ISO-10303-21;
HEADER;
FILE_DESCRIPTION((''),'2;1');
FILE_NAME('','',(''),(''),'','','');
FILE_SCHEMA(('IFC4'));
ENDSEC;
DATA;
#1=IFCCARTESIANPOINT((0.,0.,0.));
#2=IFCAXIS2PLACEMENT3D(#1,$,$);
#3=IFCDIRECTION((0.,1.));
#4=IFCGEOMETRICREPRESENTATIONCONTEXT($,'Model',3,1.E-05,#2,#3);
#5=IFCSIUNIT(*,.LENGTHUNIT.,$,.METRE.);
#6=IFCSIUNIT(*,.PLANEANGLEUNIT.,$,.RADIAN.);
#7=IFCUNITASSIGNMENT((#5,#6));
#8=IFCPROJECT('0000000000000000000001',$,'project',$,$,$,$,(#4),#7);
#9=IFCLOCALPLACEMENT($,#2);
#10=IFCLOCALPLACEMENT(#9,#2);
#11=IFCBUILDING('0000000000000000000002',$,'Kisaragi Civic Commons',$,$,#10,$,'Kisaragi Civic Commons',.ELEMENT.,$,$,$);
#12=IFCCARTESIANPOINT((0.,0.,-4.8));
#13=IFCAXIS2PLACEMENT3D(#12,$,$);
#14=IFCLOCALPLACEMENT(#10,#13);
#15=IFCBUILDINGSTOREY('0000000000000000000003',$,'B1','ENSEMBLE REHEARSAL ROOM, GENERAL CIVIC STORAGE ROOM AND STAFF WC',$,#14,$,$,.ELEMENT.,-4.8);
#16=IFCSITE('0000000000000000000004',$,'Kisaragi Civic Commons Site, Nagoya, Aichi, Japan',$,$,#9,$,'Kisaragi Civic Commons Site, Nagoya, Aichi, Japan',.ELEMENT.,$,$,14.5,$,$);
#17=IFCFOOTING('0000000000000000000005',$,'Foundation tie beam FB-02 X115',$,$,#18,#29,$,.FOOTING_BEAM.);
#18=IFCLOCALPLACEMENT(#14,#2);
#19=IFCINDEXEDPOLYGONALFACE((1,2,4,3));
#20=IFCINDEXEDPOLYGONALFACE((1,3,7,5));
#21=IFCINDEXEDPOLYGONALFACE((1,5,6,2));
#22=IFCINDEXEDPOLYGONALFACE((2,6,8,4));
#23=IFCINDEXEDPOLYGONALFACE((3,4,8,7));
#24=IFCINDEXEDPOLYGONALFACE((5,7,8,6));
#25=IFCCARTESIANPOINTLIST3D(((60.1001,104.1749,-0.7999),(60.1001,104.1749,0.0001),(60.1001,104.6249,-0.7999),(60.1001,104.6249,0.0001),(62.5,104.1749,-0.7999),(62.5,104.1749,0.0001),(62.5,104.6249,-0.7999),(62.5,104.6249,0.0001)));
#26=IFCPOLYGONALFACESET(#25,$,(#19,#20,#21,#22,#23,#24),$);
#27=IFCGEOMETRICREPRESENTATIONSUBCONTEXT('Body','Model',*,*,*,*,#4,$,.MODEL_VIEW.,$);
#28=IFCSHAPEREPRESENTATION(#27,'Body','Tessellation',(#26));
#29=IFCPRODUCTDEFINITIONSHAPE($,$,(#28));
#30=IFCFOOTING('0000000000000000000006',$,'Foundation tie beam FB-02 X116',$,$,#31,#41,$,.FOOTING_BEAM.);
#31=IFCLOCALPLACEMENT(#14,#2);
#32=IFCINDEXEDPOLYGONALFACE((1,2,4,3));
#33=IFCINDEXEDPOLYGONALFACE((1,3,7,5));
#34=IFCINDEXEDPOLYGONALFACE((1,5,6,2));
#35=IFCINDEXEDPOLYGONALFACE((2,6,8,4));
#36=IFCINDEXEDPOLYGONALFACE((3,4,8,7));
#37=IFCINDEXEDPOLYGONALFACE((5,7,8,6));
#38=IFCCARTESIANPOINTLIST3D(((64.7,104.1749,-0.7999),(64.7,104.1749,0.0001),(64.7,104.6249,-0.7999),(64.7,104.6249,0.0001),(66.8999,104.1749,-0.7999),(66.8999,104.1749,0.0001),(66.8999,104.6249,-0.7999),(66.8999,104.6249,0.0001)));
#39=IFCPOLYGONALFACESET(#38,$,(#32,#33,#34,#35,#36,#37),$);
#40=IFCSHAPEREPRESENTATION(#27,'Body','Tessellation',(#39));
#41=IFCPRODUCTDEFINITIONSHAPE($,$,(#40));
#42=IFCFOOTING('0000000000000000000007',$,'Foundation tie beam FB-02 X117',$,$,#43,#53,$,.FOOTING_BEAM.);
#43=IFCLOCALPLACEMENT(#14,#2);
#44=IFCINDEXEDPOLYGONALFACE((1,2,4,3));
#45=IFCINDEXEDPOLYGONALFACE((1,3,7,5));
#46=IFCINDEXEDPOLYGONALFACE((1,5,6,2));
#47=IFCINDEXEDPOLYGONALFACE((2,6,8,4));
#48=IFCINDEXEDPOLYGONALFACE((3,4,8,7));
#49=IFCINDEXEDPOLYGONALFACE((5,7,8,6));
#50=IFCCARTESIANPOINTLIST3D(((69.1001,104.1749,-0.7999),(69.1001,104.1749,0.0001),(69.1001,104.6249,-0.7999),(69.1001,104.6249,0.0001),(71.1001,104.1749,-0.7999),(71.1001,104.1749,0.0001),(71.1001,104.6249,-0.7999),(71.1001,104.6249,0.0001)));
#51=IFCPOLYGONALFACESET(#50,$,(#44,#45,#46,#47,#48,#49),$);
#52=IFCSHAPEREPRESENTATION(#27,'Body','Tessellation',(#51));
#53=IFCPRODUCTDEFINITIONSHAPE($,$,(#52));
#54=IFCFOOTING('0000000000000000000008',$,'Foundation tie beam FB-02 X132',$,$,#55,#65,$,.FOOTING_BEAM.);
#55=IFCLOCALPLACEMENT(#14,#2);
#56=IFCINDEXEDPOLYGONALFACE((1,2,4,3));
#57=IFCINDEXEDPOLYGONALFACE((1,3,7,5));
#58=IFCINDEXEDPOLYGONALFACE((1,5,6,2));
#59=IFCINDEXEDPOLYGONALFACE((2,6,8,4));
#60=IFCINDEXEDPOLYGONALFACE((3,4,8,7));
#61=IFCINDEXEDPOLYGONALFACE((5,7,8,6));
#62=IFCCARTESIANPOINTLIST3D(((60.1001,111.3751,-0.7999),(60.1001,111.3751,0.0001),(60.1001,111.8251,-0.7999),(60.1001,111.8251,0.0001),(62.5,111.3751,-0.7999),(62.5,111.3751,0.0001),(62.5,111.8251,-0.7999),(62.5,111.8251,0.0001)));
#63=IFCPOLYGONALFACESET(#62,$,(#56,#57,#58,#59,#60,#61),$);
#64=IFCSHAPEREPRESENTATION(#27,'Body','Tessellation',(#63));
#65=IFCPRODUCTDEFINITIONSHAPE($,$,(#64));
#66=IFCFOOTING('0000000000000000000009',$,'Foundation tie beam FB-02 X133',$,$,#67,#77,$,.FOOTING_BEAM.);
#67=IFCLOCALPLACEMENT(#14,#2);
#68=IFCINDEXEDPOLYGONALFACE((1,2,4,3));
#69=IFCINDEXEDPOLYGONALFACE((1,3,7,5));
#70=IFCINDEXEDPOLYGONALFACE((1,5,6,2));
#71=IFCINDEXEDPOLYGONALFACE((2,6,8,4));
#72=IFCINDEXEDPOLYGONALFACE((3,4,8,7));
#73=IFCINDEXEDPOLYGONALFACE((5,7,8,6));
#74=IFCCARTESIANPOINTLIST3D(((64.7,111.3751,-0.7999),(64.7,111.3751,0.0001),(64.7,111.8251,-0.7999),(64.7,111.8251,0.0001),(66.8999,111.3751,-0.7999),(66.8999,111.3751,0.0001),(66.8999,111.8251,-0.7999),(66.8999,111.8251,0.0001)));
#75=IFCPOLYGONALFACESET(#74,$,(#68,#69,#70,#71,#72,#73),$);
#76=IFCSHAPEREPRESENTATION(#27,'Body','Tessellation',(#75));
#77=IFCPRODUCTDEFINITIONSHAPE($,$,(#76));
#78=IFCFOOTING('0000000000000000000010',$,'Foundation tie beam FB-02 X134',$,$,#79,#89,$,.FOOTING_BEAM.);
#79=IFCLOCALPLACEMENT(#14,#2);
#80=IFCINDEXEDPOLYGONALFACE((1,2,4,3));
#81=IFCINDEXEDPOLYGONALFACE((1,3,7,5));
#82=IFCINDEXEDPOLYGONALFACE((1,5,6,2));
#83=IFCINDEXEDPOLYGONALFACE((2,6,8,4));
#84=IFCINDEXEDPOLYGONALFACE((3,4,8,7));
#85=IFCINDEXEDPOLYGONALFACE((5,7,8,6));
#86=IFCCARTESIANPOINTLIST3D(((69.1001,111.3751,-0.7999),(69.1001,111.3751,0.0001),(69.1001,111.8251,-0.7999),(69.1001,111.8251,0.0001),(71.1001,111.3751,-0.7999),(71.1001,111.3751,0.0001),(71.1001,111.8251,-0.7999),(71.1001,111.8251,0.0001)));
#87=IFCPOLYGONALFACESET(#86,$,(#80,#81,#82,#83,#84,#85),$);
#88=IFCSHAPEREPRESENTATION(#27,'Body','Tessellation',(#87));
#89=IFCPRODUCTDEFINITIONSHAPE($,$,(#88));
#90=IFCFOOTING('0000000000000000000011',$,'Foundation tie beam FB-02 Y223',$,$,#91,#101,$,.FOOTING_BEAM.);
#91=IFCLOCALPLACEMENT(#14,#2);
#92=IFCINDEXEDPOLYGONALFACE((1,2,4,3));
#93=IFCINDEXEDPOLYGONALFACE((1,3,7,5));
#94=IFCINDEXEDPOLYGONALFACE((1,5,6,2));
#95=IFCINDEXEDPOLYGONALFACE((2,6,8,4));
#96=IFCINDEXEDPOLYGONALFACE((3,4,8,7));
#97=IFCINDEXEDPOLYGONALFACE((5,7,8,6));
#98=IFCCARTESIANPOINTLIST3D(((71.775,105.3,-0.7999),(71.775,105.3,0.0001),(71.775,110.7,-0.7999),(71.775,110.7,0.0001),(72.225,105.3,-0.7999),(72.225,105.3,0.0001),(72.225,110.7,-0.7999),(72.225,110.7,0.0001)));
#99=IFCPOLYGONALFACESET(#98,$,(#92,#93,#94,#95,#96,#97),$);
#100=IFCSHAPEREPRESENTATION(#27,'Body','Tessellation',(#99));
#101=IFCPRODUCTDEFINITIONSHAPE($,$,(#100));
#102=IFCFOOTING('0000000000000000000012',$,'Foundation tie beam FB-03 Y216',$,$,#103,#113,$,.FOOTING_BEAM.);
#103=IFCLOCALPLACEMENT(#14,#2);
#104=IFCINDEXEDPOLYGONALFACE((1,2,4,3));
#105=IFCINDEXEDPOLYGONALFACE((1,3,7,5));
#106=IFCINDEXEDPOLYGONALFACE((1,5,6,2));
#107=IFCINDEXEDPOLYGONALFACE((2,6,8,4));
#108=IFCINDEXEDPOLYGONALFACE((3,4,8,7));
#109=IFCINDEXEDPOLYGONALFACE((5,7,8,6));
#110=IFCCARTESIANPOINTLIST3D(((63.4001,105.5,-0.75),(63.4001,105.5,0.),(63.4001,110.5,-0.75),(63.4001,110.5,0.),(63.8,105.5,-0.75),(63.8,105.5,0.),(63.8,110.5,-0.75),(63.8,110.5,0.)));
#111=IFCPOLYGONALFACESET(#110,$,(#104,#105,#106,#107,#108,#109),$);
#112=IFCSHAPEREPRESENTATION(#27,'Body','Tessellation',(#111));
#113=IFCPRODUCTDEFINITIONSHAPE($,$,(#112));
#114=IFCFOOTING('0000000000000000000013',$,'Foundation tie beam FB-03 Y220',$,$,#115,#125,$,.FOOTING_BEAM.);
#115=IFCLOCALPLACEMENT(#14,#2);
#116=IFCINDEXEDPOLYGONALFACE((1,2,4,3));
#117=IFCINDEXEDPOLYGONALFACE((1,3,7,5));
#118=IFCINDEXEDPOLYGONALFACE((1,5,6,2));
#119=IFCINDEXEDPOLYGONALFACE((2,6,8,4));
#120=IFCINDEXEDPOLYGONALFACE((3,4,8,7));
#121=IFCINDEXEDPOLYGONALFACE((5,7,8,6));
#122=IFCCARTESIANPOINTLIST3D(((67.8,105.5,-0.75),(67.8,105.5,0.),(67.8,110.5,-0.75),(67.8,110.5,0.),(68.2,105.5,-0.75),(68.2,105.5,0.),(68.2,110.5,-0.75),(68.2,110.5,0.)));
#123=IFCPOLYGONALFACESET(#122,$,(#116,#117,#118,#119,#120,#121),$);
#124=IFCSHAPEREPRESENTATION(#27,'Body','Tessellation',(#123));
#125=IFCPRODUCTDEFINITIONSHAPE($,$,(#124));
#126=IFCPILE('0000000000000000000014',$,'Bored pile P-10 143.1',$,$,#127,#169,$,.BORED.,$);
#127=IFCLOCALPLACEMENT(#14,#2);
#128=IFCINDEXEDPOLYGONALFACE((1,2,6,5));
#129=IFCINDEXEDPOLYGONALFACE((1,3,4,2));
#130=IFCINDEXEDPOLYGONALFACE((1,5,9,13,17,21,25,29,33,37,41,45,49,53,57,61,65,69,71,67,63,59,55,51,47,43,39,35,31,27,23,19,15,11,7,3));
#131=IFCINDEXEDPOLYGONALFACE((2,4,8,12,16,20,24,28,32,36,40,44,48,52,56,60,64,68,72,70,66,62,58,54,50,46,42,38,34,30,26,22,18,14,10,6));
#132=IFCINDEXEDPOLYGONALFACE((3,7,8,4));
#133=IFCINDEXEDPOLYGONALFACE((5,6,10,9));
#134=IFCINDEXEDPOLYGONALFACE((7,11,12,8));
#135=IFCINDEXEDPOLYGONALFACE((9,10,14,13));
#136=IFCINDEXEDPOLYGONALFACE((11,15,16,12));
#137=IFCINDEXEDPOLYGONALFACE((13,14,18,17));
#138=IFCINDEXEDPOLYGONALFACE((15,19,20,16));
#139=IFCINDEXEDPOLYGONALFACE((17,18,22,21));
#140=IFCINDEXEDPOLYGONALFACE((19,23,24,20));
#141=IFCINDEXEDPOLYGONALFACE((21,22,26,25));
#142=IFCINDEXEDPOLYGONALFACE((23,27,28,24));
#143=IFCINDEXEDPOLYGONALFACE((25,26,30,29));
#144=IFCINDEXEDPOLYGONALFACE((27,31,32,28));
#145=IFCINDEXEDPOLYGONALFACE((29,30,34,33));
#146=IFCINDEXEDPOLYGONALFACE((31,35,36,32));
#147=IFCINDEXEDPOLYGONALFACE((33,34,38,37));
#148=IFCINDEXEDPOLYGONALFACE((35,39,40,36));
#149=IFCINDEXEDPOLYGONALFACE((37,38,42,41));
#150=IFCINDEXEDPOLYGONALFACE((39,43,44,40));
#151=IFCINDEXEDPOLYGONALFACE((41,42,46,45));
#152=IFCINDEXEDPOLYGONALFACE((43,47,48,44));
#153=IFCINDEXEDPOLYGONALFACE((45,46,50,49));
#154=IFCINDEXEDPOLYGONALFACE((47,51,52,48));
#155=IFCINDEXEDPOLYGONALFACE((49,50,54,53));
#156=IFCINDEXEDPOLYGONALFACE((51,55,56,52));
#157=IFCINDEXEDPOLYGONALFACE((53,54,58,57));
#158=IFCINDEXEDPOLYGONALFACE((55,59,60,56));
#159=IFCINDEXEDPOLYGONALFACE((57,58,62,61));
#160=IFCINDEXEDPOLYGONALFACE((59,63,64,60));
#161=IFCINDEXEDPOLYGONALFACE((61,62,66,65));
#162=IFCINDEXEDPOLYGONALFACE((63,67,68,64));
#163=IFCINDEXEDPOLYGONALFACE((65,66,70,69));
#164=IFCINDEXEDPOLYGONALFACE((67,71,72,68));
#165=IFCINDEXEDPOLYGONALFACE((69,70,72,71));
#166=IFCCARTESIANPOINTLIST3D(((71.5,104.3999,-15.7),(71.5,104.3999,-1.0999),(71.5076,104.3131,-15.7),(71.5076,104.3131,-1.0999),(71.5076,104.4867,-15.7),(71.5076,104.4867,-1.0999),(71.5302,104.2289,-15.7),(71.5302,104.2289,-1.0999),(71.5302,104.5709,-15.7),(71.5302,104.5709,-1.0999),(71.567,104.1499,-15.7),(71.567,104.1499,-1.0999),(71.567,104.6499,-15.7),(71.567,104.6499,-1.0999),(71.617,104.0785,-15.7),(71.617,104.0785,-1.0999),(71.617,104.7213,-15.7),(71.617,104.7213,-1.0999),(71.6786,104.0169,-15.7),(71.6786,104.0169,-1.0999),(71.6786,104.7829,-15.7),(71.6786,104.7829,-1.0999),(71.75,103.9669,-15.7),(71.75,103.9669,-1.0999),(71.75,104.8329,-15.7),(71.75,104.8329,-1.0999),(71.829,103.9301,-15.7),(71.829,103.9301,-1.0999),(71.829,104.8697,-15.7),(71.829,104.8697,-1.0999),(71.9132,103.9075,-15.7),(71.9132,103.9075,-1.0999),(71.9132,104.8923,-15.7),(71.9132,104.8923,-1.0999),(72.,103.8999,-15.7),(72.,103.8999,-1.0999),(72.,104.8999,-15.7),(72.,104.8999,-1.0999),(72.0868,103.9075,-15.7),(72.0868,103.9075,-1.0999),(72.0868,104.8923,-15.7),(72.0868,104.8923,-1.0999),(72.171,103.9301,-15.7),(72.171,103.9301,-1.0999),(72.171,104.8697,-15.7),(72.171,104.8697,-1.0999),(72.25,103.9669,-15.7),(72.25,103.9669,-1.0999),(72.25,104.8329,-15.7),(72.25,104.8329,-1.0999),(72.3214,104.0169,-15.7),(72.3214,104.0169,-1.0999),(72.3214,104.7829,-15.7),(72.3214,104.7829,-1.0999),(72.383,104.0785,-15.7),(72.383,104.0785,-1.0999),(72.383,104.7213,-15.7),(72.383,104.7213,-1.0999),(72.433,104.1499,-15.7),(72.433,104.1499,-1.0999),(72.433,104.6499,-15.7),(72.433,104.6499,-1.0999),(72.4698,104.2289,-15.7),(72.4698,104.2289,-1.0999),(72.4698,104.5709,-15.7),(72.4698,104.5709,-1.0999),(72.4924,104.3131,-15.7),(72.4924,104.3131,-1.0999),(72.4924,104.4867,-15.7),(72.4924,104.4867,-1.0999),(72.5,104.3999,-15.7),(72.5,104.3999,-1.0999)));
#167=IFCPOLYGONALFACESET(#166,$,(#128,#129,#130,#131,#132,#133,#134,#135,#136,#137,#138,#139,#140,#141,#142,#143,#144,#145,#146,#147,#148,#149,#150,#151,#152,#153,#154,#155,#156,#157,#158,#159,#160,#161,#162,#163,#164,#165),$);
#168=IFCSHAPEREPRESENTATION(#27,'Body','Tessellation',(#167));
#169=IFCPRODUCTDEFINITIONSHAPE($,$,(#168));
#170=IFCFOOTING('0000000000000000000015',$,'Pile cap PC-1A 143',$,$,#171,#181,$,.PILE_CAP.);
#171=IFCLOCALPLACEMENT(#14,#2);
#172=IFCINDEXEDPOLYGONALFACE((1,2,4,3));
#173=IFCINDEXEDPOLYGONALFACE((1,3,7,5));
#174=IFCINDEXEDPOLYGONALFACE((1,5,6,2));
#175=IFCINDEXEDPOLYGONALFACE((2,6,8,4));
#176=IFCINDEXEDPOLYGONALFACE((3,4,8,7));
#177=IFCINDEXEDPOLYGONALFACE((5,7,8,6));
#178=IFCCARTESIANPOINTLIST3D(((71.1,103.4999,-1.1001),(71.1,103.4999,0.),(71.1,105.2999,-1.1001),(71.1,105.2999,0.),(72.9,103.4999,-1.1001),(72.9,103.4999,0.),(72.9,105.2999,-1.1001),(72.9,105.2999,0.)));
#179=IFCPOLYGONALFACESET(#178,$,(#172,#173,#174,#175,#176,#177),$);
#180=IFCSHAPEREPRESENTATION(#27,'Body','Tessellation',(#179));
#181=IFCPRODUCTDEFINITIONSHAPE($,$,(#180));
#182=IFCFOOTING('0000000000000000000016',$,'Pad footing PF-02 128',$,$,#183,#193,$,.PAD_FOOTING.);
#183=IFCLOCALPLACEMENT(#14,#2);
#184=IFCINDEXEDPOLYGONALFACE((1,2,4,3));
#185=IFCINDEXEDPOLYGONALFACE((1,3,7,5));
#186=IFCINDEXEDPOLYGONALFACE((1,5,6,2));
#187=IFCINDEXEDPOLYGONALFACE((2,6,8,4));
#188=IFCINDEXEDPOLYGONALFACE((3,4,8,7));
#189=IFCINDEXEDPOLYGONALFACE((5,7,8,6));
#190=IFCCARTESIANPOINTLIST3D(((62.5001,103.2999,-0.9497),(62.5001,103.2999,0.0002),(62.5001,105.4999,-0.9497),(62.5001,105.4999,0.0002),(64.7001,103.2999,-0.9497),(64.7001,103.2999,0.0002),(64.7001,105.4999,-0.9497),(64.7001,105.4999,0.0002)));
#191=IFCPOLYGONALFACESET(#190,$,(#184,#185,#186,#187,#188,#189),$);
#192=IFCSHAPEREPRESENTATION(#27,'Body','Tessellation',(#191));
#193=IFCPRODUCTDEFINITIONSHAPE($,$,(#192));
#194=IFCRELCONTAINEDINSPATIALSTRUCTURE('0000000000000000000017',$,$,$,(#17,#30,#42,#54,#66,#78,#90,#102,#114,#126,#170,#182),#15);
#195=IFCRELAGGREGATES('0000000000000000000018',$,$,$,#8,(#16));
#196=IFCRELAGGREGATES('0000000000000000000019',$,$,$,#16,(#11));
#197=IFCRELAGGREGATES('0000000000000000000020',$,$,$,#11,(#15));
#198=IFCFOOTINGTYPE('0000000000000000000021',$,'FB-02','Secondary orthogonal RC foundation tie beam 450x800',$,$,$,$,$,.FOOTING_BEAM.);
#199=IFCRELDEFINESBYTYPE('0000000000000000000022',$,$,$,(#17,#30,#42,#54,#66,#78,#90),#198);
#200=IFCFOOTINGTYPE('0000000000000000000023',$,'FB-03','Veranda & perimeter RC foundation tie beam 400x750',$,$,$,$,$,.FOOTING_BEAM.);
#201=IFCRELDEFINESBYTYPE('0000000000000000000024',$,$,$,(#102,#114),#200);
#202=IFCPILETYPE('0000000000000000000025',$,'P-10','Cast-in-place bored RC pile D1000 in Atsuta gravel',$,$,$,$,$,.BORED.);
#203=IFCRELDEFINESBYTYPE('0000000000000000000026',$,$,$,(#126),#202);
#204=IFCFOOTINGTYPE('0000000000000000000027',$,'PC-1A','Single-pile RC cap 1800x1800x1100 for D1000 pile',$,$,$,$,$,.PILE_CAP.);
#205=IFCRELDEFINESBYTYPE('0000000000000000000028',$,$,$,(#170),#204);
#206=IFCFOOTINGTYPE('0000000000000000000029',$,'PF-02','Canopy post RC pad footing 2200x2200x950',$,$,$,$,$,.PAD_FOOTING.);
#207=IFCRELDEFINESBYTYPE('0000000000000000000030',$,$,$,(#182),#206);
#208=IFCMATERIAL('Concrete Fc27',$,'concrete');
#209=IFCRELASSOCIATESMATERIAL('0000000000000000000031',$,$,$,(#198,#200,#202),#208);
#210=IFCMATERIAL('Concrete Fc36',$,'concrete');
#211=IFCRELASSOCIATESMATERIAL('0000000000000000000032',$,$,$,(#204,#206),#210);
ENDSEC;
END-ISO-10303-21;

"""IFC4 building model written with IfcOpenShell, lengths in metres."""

from ifc_helpers import new_model, si_unit, direction, frame, origin, origin_2d, place, context, subcontext, project, spatial, rectangle, circle, extrude, material, material_profile, profile_set, type_object, element, save


model = new_model("IFC4")

# Units and contexts
model_context = context("Model", 3, precision=1e-05, world=origin(), true_north=direction((0.0, 1.0)))
body_context = subcontext(model_context, "Body", "Model", "MODEL_VIEW")
ifc_project = project(units=[si_unit("LENGTHUNIT", "METRE"), si_unit("PLANEANGLEUNIT", "RADIAN")], contexts=[model_context])

# Site, building, storey
site_placement = place(None, origin())
site = spatial("IfcSite", under=ifc_project, at=site_placement, Name="Kisaragi Civic Commons Site, Nagoya, Aichi, Japan", LongName="Kisaragi Civic Commons Site, Nagoya, Aichi, Japan", CompositionType="ELEMENT", RefElevation=14.5)
building_placement = place(site_placement, origin())
building = spatial("IfcBuilding", under=site, at=building_placement, Name="Kisaragi Civic Commons", LongName="Kisaragi Civic Commons", CompositionType="ELEMENT")
storey_placement = place(building_placement, frame((0.0, 0.0, -4.8)))
storey = spatial("IfcBuildingStorey", under=building, at=storey_placement, Name="B1", Description="ENSEMBLE REHEARSAL ROOM, GENERAL CIVIC STORAGE ROOM AND STAFF WC", CompositionType="ELEMENT", Elevation=-4.8)

# Footings
ifc_material_1 = material(Name="Concrete Fc27", Category="concrete")
ifc_material_profile_1 = material_profile(ifc_material_1, rectangle(XDim=0.45, YDim=0.8, at=origin_2d()), Name="RC-450x800", Category="concrete")
ifc_profile_set_1 = profile_set([ifc_material_profile_1], Name="Concrete Fc27")
footing_type_1 = type_object("IfcFootingType", Name="FB-02", Description="Secondary orthogonal RC foundation tie beam 450x800", PredefinedType="FOOTING_BEAM", material=ifc_profile_set_1)
footing_1_placement = place(storey_placement, frame((60.1001, 104.3999, -0.3999), z_axis=(1.0, 0.0, 0.0), x_axis=(0.0, 1.0, 0.0)))
element("IfcFooting", 1, at=footing_1_placement, inside=storey, type_object=footing_type_1, Name="Foundation tie beam FB-02 X115", PredefinedType="FOOTING_BEAM", context=body_context, shape_type="SweptSolid", body=[
    extrude(rectangle(XDim=0.45, YDim=0.8, at=origin_2d()), origin(), (0.0, 0.0, 1.0), 2.3999),
])
footing_2_placement = place(storey_placement, frame((64.7, 104.3999, -0.3999), z_axis=(1.0, 0.0, 0.0), x_axis=(0.0, 1.0, 0.0)))
element("IfcFooting", 2, at=footing_2_placement, inside=storey, type_object=footing_type_1, Name="Foundation tie beam FB-02 X116", PredefinedType="FOOTING_BEAM", context=body_context, shape_type="SweptSolid", body=[
    extrude(rectangle(XDim=0.45, YDim=0.8, at=origin_2d()), origin(), (0.0, 0.0, 1.0), 2.2),
])
footing_3_placement = place(storey_placement, frame((69.1001, 104.3999, -0.3999), z_axis=(1.0, 0.0, 0.0), x_axis=(0.0, 1.0, 0.0)))
element("IfcFooting", 3, at=footing_3_placement, inside=storey, type_object=footing_type_1, Name="Foundation tie beam FB-02 X117", PredefinedType="FOOTING_BEAM", context=body_context, shape_type="SweptSolid", body=[
    extrude(rectangle(XDim=0.45, YDim=0.8, at=origin_2d()), origin(), (0.0, 0.0, 1.0), 2.0),
])
footing_4_placement = place(storey_placement, frame((60.1001, 111.6001, -0.3999), z_axis=(1.0, 0.0, 0.0), x_axis=(0.0, 1.0, 0.0)))
element("IfcFooting", 4, at=footing_4_placement, inside=storey, type_object=footing_type_1, Name="Foundation tie beam FB-02 X132", PredefinedType="FOOTING_BEAM", context=body_context, shape_type="SweptSolid", body=[
    extrude(rectangle(XDim=0.45, YDim=0.8, at=origin_2d()), origin(), (0.0, 0.0, 1.0), 2.3999),
])
footing_5_placement = place(storey_placement, frame((64.7, 111.6001, -0.3999), z_axis=(1.0, 0.0, 0.0), x_axis=(0.0, 1.0, 0.0)))
element("IfcFooting", 5, at=footing_5_placement, inside=storey, type_object=footing_type_1, Name="Foundation tie beam FB-02 X133", PredefinedType="FOOTING_BEAM", context=body_context, shape_type="SweptSolid", body=[
    extrude(rectangle(XDim=0.45, YDim=0.8, at=origin_2d()), origin(), (0.0, 0.0, 1.0), 2.2),
])
footing_6_placement = place(storey_placement, frame((69.1001, 111.6001, -0.3999), z_axis=(1.0, 0.0, 0.0), x_axis=(0.0, 1.0, 0.0)))
element("IfcFooting", 6, at=footing_6_placement, inside=storey, type_object=footing_type_1, Name="Foundation tie beam FB-02 X134", PredefinedType="FOOTING_BEAM", context=body_context, shape_type="SweptSolid", body=[
    extrude(rectangle(XDim=0.45, YDim=0.8, at=origin_2d()), origin(), (0.0, 0.0, 1.0), 2.0),
])
footing_7_placement = place(storey_placement, frame((72.0, 105.3, -0.3999), z_axis=(0.0, 1.0, 0.0), x_axis=(-1.0, 0.0, 0.0)))
element("IfcFooting", 7, at=footing_7_placement, inside=storey, type_object=footing_type_1, Name="Foundation tie beam FB-02 Y223", PredefinedType="FOOTING_BEAM", context=body_context, shape_type="SweptSolid", body=[
    extrude(rectangle(XDim=0.45, YDim=0.8, at=origin_2d()), origin(), (0.0, 0.0, 1.0), 5.3999),
])
ifc_material_profile_2 = material_profile(ifc_material_1, rectangle(XDim=0.3999, YDim=0.75, at=origin_2d()), Name="RC-400x750", Category="concrete")
ifc_profile_set_2 = profile_set([ifc_material_profile_2], Name="Concrete Fc27")
footing_type_2 = type_object("IfcFootingType", Name="FB-03", Description="Veranda & perimeter RC foundation tie beam 400x750", PredefinedType="FOOTING_BEAM", material=ifc_profile_set_2)
for number, where, z_axis, x_axis, name in (
    (8, (63.6001, 105.5, -0.375), (0.0, 1.0, 0.0), (-1.0, 0.0, 0.0), "Foundation tie beam FB-03 Y216"),
    (9, (68.0, 105.5, -0.375), (0.0, 1.0, 0.0), (-1.0, 0.0, 0.0), "Foundation tie beam FB-03 Y220"),
):
    element("IfcFooting", number, at=place(storey_placement, frame(where, z_axis=z_axis, x_axis=x_axis)), inside=storey, type_object=footing_type_2, Name=name, PredefinedType="FOOTING_BEAM", context=body_context, shape_type="SweptSolid", body=[
        extrude(rectangle(XDim=0.3999, YDim=0.75, at=origin_2d()), origin(), (0.0, 0.0, 1.0), 5.0),
    ])

# Pile
ifc_material_profile_3 = material_profile(ifc_material_1, circle(Radius=0.5, at=origin_2d()), Name="PILE-D1000", Category="concrete")
ifc_profile_set_3 = profile_set([ifc_material_profile_3], Name="Concrete Fc27")
pile_type = type_object("IfcPileType", Name="P-10", Description="Cast-in-place bored RC pile D1000 in Atsuta gravel", PredefinedType="BORED", material=ifc_profile_set_3)
pile_placement = place(storey_placement, frame((72.0, 104.3999, -1.0999), z_axis=(0.0, 0.0, -1.0), x_axis=(1.0, 0.0, 0.0)))
element("IfcPile", 10, at=pile_placement, inside=storey, type_object=pile_type, Name="Bored pile P-10 143.1", PredefinedType="BORED", context=body_context, shape_type="SweptSolid", body=[
    extrude(circle(Radius=0.5, at=origin_2d()), origin(), (0.0, 0.0, 1.0), 14.6001),
])

# Footings
ifc_material_2 = material(Name="Concrete Fc36", Category="concrete")
footing_type_3 = type_object("IfcFootingType", Name="PC-1A", Description="Single-pile RC cap 1800x1800x1100 for D1000 pile", PredefinedType="PILE_CAP", material=ifc_material_2)
footing_8_placement = place(storey_placement, frame((72.0, 104.3999, -1.1001), z_axis=(0.0, 0.0, 1.0), x_axis=(1.0, 0.0, 0.0)))
element("IfcFooting", 11, at=footing_8_placement, inside=storey, type_object=footing_type_3, Name="Pile cap PC-1A 143", PredefinedType="PILE_CAP", context=body_context, shape_type="SweptSolid", body=[
    extrude(rectangle(XDim=1.8, YDim=1.8, at=origin_2d()), origin(), (0.0, 0.0, 1.0), 1.1001),
])
footing_type_4 = type_object("IfcFootingType", Name="PF-02", Description="Canopy post RC pad footing 2200x2200x950", PredefinedType="PAD_FOOTING", material=ifc_material_2)
for number, where, z_axis, x_axis, name in (
    (12, (63.6001, 104.3999, -0.9497), (0.0, 0.0, 1.0), (1.0, 0.0, 0.0), "Pad footing PF-02 128"),
):
    element("IfcFooting", number, at=place(storey_placement, frame(where, z_axis=z_axis, x_axis=x_axis)), inside=storey, type_object=footing_type_4, Name=name, PredefinedType="PAD_FOOTING", context=body_context, shape_type="SweptSolid", body=[
        extrude(rectangle(XDim=2.2, YDim=2.2, at=origin_2d()), origin(), (0.0, 0.0, 1.0), 0.95),
    ])

save(model, "model.ifc")
